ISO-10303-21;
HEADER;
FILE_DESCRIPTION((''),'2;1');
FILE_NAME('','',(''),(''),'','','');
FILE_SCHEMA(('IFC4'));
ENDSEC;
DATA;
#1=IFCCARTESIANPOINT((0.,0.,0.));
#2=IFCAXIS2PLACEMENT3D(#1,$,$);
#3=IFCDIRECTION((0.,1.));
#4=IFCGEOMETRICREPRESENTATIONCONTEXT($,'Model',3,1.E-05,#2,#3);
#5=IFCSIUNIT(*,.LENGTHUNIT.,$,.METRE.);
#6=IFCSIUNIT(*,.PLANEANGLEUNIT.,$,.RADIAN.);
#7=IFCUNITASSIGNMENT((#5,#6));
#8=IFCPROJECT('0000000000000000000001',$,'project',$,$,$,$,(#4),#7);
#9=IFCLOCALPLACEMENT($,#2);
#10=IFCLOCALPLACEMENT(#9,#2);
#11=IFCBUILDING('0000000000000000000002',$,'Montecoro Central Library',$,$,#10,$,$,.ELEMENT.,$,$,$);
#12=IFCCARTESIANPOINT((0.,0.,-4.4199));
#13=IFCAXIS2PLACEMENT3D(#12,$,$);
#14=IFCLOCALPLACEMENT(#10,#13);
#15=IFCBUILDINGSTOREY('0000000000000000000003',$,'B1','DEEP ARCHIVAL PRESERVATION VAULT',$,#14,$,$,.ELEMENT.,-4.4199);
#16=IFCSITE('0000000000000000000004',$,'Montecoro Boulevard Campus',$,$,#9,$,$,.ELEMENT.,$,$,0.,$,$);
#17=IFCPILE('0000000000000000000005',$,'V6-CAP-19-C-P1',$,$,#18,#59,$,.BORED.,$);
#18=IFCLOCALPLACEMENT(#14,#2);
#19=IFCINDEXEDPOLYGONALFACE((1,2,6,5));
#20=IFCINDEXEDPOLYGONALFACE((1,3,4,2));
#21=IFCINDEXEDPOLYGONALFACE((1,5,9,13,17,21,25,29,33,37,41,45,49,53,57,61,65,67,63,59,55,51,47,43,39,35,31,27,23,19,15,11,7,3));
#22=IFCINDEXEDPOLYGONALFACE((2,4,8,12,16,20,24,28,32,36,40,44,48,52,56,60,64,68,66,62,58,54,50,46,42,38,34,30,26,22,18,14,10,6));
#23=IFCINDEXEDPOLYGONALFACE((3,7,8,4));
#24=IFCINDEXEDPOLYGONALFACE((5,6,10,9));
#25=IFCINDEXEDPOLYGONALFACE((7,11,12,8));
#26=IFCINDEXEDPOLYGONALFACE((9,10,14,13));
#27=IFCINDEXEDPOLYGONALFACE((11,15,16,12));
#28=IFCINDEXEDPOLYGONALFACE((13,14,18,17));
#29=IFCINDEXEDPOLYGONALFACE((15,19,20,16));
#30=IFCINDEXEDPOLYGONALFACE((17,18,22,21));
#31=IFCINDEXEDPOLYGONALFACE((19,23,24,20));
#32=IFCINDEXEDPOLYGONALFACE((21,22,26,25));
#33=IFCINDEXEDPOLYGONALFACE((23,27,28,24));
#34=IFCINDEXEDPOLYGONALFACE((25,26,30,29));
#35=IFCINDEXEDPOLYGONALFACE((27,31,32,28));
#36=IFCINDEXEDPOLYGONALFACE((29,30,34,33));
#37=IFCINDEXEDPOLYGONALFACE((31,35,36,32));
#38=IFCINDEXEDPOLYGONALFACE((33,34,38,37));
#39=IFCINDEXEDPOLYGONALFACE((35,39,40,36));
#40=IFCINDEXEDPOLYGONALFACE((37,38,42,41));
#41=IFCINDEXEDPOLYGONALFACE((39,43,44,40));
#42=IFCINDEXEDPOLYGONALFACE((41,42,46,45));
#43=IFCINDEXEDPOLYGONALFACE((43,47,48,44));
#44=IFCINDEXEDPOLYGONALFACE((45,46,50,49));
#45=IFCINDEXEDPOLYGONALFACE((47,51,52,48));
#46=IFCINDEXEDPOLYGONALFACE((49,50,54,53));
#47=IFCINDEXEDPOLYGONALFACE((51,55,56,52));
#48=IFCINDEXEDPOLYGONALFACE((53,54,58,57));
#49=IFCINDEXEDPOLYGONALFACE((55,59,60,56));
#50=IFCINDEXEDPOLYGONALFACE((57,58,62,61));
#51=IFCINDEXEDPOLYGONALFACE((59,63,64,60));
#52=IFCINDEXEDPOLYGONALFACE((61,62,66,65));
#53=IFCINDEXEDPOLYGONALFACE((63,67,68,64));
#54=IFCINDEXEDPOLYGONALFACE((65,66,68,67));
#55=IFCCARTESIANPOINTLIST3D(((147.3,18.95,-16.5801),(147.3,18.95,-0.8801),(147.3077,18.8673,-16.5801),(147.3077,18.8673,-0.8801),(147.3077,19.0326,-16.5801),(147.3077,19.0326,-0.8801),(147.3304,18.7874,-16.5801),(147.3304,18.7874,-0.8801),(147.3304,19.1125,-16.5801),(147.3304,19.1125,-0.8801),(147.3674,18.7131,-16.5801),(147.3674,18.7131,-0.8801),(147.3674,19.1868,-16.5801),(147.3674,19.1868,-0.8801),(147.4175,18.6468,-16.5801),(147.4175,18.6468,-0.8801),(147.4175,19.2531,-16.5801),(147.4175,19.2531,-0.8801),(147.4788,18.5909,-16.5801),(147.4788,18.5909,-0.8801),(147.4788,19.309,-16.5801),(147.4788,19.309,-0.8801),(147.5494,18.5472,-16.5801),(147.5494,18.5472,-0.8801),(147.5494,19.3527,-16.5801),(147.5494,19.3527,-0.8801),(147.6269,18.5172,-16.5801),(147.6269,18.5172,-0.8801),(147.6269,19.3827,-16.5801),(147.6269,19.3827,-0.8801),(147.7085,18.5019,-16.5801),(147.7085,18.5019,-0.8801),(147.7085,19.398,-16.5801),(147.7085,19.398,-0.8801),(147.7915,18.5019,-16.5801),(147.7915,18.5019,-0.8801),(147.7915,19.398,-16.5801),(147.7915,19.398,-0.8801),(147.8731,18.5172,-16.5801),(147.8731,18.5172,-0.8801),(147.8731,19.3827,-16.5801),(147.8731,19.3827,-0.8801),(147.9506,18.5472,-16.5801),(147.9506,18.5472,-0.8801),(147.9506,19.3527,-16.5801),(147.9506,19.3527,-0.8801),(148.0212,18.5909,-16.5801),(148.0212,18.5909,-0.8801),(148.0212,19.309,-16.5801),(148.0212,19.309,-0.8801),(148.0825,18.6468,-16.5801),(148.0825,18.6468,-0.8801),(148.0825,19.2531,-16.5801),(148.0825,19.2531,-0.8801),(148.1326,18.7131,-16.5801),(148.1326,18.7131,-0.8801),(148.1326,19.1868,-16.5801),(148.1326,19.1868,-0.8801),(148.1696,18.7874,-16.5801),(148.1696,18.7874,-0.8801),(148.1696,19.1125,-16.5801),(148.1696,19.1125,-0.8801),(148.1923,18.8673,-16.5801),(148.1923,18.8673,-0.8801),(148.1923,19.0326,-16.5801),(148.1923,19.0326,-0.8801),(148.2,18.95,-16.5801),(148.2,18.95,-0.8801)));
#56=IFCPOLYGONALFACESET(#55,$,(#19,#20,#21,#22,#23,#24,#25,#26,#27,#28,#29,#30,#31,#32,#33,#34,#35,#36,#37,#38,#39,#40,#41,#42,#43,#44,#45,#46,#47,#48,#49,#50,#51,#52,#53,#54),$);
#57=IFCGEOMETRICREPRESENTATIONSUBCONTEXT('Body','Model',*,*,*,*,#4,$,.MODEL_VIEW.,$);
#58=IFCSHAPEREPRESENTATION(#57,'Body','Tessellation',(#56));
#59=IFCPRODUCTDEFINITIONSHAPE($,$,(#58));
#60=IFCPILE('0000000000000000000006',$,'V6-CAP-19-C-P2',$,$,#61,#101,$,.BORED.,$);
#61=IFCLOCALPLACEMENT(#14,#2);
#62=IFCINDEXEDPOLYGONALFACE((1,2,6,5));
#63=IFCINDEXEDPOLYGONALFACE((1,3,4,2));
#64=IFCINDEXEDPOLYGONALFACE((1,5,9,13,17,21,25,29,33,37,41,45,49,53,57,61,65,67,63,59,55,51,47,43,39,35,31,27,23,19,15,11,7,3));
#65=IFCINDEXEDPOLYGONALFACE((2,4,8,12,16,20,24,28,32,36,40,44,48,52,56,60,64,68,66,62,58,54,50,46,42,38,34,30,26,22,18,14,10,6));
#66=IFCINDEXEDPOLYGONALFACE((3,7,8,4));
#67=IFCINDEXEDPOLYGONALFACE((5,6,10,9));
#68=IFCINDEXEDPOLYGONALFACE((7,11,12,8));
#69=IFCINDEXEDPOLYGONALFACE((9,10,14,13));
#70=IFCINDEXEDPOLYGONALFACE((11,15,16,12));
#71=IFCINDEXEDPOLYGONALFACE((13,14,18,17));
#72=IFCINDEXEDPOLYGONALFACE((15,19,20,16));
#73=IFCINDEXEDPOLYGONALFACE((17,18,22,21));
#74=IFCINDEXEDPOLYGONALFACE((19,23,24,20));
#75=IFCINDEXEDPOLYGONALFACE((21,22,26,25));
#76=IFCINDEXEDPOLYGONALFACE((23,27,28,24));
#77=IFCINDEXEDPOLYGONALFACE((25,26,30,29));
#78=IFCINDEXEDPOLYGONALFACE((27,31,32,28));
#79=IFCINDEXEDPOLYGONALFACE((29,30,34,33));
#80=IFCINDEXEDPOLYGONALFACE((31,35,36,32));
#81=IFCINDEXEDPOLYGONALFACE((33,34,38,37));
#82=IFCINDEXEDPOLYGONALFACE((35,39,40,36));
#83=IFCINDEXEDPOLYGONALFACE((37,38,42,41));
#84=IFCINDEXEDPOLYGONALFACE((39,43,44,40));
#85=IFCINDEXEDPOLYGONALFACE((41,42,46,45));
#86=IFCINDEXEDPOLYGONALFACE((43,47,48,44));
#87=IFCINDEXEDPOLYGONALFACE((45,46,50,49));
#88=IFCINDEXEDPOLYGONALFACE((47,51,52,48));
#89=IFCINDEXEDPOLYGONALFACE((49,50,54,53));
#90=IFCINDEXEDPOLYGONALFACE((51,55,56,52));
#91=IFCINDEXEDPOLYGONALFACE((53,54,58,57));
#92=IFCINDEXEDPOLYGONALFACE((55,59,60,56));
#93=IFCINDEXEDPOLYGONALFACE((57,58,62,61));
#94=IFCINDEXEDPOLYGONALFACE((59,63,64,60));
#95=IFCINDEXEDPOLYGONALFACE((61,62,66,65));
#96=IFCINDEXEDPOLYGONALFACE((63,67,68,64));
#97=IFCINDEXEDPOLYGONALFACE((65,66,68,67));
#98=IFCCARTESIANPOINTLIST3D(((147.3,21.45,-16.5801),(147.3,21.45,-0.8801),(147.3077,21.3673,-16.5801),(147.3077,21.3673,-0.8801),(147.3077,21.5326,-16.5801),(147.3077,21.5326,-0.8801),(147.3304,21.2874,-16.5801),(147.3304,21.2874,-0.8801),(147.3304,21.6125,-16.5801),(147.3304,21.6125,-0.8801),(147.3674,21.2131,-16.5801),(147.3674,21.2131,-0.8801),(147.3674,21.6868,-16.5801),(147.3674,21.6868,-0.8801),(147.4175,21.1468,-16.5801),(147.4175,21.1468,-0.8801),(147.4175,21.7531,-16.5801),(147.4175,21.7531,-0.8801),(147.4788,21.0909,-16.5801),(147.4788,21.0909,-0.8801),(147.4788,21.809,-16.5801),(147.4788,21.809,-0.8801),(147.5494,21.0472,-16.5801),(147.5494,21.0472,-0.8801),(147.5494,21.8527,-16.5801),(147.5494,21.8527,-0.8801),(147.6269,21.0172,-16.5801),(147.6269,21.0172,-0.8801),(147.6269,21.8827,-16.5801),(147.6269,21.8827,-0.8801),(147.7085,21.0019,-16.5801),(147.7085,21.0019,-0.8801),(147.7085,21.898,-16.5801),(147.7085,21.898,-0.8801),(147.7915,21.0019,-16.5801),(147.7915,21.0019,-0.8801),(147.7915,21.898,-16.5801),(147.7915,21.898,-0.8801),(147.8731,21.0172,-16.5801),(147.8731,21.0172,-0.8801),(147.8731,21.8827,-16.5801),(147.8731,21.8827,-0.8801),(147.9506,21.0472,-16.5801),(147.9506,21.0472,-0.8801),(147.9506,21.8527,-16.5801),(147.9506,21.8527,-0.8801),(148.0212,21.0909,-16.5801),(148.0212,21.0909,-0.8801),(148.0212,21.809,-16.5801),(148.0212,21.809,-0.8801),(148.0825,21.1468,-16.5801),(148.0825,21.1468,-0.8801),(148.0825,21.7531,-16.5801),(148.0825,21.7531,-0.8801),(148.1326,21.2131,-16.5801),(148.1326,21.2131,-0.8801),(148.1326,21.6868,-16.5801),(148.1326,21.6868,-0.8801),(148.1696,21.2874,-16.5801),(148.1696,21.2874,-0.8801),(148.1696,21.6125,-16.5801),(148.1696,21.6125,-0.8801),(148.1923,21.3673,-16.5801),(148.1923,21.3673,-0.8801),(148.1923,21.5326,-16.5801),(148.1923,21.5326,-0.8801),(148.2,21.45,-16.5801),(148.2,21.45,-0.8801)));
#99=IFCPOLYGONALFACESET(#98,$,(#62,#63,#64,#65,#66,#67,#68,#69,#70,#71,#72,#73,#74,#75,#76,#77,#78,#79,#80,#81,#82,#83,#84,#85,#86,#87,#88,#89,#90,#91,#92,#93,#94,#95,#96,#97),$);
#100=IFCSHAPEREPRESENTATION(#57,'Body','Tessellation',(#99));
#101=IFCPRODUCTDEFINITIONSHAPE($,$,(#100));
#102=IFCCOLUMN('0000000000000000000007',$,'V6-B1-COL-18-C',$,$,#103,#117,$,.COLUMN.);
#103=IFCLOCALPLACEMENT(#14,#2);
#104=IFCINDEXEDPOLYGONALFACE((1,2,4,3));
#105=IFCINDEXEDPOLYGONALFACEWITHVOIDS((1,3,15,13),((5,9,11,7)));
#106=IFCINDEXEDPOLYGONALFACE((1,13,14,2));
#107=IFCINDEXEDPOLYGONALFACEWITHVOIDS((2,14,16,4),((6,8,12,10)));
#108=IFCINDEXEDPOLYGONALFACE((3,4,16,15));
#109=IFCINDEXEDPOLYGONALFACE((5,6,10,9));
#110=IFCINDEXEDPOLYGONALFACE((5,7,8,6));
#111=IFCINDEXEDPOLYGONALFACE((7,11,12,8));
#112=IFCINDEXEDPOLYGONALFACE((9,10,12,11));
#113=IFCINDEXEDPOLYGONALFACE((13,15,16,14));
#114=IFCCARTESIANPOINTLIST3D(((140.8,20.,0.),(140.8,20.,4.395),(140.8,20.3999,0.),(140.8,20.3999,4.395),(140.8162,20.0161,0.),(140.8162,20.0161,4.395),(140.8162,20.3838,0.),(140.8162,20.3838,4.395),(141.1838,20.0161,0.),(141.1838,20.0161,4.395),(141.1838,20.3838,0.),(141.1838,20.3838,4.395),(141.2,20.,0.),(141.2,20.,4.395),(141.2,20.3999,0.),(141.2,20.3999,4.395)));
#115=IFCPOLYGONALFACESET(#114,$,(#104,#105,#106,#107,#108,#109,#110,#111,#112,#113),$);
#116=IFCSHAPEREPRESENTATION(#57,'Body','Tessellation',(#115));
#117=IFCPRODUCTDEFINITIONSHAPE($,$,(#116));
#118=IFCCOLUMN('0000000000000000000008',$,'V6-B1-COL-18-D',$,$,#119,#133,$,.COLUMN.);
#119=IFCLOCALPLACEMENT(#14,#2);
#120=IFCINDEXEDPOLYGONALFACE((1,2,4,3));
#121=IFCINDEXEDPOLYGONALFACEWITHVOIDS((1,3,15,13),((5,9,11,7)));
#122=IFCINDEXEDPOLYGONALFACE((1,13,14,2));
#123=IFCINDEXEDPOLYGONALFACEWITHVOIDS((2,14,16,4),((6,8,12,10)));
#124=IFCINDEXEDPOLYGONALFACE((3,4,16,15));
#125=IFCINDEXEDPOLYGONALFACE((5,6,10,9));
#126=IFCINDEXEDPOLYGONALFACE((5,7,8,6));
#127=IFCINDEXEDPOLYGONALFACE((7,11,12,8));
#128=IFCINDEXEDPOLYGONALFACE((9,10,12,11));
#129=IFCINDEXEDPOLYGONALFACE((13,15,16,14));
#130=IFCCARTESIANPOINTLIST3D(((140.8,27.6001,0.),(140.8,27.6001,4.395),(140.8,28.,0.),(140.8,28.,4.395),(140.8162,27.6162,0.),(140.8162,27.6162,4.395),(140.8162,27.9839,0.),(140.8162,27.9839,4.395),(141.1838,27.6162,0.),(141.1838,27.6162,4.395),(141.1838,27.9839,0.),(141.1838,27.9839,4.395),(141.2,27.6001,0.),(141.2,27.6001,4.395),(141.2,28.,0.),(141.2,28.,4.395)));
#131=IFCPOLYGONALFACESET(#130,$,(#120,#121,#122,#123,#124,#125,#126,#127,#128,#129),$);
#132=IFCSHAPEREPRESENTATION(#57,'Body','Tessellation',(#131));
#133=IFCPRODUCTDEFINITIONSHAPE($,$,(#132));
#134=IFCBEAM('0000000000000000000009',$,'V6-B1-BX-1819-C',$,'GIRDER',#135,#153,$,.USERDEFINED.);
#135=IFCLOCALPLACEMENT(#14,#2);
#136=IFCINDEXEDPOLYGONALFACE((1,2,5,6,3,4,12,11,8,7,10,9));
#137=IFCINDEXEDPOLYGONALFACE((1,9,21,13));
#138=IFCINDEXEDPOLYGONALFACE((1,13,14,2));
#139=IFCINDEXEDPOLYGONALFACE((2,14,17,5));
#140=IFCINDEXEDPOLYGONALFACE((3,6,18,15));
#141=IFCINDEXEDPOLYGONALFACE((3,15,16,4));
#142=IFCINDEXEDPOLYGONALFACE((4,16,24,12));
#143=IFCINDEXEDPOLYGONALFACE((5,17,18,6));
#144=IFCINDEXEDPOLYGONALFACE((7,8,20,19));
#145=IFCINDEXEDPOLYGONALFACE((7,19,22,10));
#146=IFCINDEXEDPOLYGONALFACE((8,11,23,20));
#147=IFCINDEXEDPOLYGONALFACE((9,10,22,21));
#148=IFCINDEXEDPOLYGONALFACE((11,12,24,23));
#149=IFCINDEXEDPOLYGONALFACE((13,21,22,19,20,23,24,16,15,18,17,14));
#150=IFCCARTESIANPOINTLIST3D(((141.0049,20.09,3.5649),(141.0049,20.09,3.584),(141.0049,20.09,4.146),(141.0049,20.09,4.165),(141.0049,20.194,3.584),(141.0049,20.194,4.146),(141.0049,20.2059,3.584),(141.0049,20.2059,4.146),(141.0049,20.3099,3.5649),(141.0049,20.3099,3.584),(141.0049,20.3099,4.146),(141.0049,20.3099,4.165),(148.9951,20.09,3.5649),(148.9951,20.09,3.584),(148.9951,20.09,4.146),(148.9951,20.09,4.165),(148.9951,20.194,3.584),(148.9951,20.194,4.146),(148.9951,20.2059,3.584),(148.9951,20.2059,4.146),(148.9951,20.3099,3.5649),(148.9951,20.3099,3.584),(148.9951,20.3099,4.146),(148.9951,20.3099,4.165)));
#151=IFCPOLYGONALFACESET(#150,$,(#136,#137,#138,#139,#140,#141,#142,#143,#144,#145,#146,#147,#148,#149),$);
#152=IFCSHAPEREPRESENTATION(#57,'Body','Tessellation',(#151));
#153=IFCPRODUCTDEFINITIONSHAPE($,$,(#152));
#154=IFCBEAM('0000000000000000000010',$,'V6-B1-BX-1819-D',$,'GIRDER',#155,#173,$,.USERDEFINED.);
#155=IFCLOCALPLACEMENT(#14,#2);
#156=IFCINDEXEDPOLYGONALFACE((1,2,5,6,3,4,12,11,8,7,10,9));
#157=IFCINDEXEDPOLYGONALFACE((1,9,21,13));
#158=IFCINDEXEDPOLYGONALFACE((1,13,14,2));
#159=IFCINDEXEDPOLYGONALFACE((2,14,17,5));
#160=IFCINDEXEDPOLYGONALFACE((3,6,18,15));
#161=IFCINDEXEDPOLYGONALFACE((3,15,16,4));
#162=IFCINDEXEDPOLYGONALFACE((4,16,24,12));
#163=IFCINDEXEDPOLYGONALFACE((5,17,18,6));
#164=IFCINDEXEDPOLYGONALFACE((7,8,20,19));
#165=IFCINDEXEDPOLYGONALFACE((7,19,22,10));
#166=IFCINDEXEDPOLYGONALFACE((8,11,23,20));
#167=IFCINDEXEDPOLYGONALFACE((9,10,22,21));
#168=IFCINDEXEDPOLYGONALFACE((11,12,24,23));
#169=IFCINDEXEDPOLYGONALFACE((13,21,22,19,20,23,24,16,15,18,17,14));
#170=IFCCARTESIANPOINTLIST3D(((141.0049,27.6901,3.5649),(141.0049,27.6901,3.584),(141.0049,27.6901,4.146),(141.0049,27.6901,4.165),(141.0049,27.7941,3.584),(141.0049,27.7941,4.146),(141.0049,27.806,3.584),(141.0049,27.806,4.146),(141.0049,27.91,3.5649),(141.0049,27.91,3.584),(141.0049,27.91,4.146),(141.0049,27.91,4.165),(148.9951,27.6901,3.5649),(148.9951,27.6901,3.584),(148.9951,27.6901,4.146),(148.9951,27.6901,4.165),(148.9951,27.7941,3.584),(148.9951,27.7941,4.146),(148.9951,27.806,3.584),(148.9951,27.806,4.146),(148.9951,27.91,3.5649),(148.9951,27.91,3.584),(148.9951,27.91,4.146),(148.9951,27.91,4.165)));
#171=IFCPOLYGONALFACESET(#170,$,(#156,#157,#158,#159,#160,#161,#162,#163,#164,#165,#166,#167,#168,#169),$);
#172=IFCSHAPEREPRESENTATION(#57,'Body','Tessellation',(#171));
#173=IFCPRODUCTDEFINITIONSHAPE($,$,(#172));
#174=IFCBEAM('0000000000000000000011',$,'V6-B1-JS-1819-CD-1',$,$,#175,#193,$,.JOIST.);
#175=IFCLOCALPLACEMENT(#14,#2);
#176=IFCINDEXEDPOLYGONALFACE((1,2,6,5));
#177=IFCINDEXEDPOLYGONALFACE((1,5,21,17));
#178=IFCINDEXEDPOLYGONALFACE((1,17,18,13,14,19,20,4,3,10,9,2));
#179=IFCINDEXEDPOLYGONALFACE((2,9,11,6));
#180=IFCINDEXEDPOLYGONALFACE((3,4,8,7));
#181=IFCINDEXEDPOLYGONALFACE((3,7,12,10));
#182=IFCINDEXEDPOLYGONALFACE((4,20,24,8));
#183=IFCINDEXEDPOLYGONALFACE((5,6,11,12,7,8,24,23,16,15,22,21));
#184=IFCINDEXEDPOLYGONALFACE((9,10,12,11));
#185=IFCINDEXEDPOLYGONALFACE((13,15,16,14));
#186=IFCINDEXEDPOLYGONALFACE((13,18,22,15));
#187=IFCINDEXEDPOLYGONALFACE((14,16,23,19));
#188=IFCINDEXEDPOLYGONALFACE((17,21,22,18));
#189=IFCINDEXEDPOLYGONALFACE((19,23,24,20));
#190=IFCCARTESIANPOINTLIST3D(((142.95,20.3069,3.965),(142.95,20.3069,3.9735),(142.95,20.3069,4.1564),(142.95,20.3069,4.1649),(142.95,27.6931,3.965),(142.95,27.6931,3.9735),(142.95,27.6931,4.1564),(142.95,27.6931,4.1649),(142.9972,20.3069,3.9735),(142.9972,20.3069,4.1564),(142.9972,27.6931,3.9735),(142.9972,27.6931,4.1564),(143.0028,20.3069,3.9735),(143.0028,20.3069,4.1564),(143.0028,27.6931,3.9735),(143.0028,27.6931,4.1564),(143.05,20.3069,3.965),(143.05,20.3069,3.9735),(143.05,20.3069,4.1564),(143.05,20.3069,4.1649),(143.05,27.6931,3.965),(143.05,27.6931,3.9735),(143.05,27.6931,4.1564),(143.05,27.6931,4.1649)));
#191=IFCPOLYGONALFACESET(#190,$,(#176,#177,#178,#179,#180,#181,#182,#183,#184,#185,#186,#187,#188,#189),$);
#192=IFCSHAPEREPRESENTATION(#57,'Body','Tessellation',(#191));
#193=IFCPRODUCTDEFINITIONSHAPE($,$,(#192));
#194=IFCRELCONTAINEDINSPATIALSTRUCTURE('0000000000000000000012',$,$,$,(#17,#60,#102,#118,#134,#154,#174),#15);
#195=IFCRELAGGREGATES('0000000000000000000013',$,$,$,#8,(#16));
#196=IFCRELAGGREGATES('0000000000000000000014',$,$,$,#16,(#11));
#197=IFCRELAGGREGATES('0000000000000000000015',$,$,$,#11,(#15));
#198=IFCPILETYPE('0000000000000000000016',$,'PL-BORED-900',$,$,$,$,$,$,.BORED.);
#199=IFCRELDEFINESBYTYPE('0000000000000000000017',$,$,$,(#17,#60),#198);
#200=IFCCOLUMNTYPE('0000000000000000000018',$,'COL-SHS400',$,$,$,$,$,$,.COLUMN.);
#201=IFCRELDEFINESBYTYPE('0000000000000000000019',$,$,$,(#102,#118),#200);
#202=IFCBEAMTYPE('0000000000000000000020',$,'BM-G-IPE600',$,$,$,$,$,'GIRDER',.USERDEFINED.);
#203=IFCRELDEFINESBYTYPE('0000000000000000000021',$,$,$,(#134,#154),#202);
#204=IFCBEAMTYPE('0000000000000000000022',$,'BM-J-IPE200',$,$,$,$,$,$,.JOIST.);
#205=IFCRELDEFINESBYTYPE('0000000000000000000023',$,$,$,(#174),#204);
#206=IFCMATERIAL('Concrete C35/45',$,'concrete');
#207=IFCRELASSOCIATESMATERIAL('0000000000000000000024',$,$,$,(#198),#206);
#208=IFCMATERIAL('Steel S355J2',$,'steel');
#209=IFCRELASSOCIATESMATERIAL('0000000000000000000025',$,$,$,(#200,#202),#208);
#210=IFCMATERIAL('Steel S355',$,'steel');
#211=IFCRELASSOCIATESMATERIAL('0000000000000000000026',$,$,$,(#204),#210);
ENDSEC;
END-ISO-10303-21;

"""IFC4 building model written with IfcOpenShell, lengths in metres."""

from ifc_helpers import new_model, si_unit, direction, frame, origin, origin_2d, place, context, subcontext, project, spatial, hollow_rectangle, circle, i_section, extrude, material, material_profile, profile_set, type_object, element, save


model = new_model("IFC4")

# Units and contexts
model_context = context("Model", 3, precision=1e-05, world=origin(), true_north=direction((0.0, 1.0)))
body_context = subcontext(model_context, "Body", "Model", "MODEL_VIEW")
ifc_project = project(units=[si_unit("LENGTHUNIT", "METRE"), si_unit("PLANEANGLEUNIT", "RADIAN")], contexts=[model_context])

# Site, building, storey
site_placement = place(None, origin())
site = spatial("IfcSite", under=ifc_project, at=site_placement, Name="Montecoro Boulevard Campus", CompositionType="ELEMENT", RefElevation=0.0)
building_placement = place(site_placement, origin())
building = spatial("IfcBuilding", under=site, at=building_placement, Name="Montecoro Central Library", CompositionType="ELEMENT")
storey_placement = place(building_placement, frame((0.0, 0.0, -4.4199)))
storey = spatial("IfcBuildingStorey", under=building, at=storey_placement, Name="B1", Description="DEEP ARCHIVAL PRESERVATION VAULT", CompositionType="ELEMENT", Elevation=-4.4199)

# Shared definitions
ifc_material_1 = material(Name="Concrete C35/45", Category="concrete")

# Piles
ifc_material_profile_1 = material_profile(ifc_material_1, circle(Radius=0.45, at=origin_2d()), Name="PILE D900")
ifc_profile_set_1 = profile_set([ifc_material_profile_1], Name="Concrete C35/45")
pile_type_1 = type_object("IfcPileType", Name="PL-BORED-900", PredefinedType="BORED", material=ifc_profile_set_1)
for number, where, z_axis, x_axis, name in (
    (1, (147.75, 18.95, -0.8801), (0.0, 0.0, -1.0), (1.0, 0.0, 0.0), "V6-CAP-19-C-P1"),
    (2, (147.75, 21.45, -0.8801), (0.0, 0.0, -1.0), (1.0, 0.0, 0.0), "V6-CAP-19-C-P2"),
):
    element("IfcPile", number, at=place(storey_placement, frame(where, z_axis=z_axis, x_axis=x_axis)), inside=storey, type_object=pile_type_1, Name=name, PredefinedType="BORED", context=body_context, shape_type="SweptSolid", body=[
        extrude(circle(Radius=0.45, at=origin_2d()), origin(), (0.0, 0.0, 1.0), 15.7),
    ])

# Columns
ifc_material_2 = material(Name="Steel S355J2", Category="steel")
ifc_material_profile_2 = material_profile(ifc_material_2, hollow_rectangle(XDim=0.3999, YDim=0.3999, WallThickness=0.0161, at=origin_2d()), Name="SHS 400x400x16.0")
ifc_profile_set_2 = profile_set([ifc_material_profile_2], Name="Steel S355J2")
column_type = type_object("IfcColumnType", Name="COL-SHS400", PredefinedType="COLUMN", material=ifc_profile_set_2)
for number, where, z_axis, x_axis, name in (
    (3, (141.0, 20.2, 0.0), (0.0, 0.0, 1.0), (1.0, 0.0, 0.0), "V6-B1-COL-18-C"),
    (4, (141.0, 27.8, 0.0), (0.0, 0.0, 1.0), (1.0, 0.0, 0.0), "V6-B1-COL-18-D"),
):
    element("IfcColumn", number, at=place(storey_placement, frame(where, z_axis=z_axis, x_axis=x_axis)), inside=storey, type_object=column_type, Name=name, PredefinedType="COLUMN", context=body_context, shape_type="SweptSolid", body=[
        extrude(hollow_rectangle(XDim=0.3999, YDim=0.3999, WallThickness=0.0161, at=origin_2d()), origin(), (0.0, 0.0, 1.0), 4.395),
    ])

# Beams
ifc_material_profile_3 = material_profile(ifc_material_2, i_section(OverallWidth=0.22, OverallDepth=0.6001, WebThickness=0.012, FlangeThickness=0.019, at=origin_2d()), Name="IPE 600")
ifc_profile_set_3 = profile_set([ifc_material_profile_3], Name="Steel S355J2")
beam_type_1 = type_object("IfcBeamType", Name="BM-G-IPE600", ElementType="GIRDER", PredefinedType="USERDEFINED", material=ifc_profile_set_3)
for number, where, z_axis, x_axis, name in (
    (5, (141.0049, 20.2, 3.865), (1.0, 0.0, 0.0), (0.0, 1.0, 0.0), "V6-B1-BX-1819-C"),
    (6, (141.0049, 27.8, 3.865), (1.0, 0.0, 0.0), (0.0, 1.0, 0.0), "V6-B1-BX-1819-D"),
):
    element("IfcBeam", number, at=place(storey_placement, frame(where, z_axis=z_axis, x_axis=x_axis)), inside=storey, type_object=beam_type_1, Name=name, ObjectType="GIRDER", PredefinedType="USERDEFINED", context=body_context, shape_type="SweptSolid", body=[
        extrude(i_section(OverallWidth=0.22, OverallDepth=0.6001, WebThickness=0.012, FlangeThickness=0.019, at=origin_2d()), origin(), (0.0, 0.0, 1.0), 7.9902),
    ])
ifc_material_3 = material(Name="Steel S355", Category="steel")
ifc_material_profile_4 = material_profile(ifc_material_3, i_section(OverallWidth=0.1001, OverallDepth=0.2, WebThickness=0.0056, FlangeThickness=0.0085, at=origin_2d()), Name="IPE 200")
ifc_profile_set_4 = profile_set([ifc_material_profile_4], Name="Steel S355")
beam_type_2 = type_object("IfcBeamType", Name="BM-J-IPE200", PredefinedType="JOIST", material=ifc_profile_set_4)
for number, where, z_axis, x_axis, name in (
    (7, (143.0, 20.3069, 4.0649), (0.0, 1.0, 0.0), (-1.0, 0.0, 0.0), "V6-B1-JS-1819-CD-1"),
):
    element("IfcBeam", number, at=place(storey_placement, frame(where, z_axis=z_axis, x_axis=x_axis)), inside=storey, type_object=beam_type_2, Name=name, PredefinedType="JOIST", context=body_context, shape_type="SweptSolid", body=[
        extrude(i_section(OverallWidth=0.1001, OverallDepth=0.2, WebThickness=0.0056, FlangeThickness=0.0085, at=origin_2d()), origin(), (0.0, 0.0, 1.0), 7.3862),
    ])

save(model, "model.ifc")
